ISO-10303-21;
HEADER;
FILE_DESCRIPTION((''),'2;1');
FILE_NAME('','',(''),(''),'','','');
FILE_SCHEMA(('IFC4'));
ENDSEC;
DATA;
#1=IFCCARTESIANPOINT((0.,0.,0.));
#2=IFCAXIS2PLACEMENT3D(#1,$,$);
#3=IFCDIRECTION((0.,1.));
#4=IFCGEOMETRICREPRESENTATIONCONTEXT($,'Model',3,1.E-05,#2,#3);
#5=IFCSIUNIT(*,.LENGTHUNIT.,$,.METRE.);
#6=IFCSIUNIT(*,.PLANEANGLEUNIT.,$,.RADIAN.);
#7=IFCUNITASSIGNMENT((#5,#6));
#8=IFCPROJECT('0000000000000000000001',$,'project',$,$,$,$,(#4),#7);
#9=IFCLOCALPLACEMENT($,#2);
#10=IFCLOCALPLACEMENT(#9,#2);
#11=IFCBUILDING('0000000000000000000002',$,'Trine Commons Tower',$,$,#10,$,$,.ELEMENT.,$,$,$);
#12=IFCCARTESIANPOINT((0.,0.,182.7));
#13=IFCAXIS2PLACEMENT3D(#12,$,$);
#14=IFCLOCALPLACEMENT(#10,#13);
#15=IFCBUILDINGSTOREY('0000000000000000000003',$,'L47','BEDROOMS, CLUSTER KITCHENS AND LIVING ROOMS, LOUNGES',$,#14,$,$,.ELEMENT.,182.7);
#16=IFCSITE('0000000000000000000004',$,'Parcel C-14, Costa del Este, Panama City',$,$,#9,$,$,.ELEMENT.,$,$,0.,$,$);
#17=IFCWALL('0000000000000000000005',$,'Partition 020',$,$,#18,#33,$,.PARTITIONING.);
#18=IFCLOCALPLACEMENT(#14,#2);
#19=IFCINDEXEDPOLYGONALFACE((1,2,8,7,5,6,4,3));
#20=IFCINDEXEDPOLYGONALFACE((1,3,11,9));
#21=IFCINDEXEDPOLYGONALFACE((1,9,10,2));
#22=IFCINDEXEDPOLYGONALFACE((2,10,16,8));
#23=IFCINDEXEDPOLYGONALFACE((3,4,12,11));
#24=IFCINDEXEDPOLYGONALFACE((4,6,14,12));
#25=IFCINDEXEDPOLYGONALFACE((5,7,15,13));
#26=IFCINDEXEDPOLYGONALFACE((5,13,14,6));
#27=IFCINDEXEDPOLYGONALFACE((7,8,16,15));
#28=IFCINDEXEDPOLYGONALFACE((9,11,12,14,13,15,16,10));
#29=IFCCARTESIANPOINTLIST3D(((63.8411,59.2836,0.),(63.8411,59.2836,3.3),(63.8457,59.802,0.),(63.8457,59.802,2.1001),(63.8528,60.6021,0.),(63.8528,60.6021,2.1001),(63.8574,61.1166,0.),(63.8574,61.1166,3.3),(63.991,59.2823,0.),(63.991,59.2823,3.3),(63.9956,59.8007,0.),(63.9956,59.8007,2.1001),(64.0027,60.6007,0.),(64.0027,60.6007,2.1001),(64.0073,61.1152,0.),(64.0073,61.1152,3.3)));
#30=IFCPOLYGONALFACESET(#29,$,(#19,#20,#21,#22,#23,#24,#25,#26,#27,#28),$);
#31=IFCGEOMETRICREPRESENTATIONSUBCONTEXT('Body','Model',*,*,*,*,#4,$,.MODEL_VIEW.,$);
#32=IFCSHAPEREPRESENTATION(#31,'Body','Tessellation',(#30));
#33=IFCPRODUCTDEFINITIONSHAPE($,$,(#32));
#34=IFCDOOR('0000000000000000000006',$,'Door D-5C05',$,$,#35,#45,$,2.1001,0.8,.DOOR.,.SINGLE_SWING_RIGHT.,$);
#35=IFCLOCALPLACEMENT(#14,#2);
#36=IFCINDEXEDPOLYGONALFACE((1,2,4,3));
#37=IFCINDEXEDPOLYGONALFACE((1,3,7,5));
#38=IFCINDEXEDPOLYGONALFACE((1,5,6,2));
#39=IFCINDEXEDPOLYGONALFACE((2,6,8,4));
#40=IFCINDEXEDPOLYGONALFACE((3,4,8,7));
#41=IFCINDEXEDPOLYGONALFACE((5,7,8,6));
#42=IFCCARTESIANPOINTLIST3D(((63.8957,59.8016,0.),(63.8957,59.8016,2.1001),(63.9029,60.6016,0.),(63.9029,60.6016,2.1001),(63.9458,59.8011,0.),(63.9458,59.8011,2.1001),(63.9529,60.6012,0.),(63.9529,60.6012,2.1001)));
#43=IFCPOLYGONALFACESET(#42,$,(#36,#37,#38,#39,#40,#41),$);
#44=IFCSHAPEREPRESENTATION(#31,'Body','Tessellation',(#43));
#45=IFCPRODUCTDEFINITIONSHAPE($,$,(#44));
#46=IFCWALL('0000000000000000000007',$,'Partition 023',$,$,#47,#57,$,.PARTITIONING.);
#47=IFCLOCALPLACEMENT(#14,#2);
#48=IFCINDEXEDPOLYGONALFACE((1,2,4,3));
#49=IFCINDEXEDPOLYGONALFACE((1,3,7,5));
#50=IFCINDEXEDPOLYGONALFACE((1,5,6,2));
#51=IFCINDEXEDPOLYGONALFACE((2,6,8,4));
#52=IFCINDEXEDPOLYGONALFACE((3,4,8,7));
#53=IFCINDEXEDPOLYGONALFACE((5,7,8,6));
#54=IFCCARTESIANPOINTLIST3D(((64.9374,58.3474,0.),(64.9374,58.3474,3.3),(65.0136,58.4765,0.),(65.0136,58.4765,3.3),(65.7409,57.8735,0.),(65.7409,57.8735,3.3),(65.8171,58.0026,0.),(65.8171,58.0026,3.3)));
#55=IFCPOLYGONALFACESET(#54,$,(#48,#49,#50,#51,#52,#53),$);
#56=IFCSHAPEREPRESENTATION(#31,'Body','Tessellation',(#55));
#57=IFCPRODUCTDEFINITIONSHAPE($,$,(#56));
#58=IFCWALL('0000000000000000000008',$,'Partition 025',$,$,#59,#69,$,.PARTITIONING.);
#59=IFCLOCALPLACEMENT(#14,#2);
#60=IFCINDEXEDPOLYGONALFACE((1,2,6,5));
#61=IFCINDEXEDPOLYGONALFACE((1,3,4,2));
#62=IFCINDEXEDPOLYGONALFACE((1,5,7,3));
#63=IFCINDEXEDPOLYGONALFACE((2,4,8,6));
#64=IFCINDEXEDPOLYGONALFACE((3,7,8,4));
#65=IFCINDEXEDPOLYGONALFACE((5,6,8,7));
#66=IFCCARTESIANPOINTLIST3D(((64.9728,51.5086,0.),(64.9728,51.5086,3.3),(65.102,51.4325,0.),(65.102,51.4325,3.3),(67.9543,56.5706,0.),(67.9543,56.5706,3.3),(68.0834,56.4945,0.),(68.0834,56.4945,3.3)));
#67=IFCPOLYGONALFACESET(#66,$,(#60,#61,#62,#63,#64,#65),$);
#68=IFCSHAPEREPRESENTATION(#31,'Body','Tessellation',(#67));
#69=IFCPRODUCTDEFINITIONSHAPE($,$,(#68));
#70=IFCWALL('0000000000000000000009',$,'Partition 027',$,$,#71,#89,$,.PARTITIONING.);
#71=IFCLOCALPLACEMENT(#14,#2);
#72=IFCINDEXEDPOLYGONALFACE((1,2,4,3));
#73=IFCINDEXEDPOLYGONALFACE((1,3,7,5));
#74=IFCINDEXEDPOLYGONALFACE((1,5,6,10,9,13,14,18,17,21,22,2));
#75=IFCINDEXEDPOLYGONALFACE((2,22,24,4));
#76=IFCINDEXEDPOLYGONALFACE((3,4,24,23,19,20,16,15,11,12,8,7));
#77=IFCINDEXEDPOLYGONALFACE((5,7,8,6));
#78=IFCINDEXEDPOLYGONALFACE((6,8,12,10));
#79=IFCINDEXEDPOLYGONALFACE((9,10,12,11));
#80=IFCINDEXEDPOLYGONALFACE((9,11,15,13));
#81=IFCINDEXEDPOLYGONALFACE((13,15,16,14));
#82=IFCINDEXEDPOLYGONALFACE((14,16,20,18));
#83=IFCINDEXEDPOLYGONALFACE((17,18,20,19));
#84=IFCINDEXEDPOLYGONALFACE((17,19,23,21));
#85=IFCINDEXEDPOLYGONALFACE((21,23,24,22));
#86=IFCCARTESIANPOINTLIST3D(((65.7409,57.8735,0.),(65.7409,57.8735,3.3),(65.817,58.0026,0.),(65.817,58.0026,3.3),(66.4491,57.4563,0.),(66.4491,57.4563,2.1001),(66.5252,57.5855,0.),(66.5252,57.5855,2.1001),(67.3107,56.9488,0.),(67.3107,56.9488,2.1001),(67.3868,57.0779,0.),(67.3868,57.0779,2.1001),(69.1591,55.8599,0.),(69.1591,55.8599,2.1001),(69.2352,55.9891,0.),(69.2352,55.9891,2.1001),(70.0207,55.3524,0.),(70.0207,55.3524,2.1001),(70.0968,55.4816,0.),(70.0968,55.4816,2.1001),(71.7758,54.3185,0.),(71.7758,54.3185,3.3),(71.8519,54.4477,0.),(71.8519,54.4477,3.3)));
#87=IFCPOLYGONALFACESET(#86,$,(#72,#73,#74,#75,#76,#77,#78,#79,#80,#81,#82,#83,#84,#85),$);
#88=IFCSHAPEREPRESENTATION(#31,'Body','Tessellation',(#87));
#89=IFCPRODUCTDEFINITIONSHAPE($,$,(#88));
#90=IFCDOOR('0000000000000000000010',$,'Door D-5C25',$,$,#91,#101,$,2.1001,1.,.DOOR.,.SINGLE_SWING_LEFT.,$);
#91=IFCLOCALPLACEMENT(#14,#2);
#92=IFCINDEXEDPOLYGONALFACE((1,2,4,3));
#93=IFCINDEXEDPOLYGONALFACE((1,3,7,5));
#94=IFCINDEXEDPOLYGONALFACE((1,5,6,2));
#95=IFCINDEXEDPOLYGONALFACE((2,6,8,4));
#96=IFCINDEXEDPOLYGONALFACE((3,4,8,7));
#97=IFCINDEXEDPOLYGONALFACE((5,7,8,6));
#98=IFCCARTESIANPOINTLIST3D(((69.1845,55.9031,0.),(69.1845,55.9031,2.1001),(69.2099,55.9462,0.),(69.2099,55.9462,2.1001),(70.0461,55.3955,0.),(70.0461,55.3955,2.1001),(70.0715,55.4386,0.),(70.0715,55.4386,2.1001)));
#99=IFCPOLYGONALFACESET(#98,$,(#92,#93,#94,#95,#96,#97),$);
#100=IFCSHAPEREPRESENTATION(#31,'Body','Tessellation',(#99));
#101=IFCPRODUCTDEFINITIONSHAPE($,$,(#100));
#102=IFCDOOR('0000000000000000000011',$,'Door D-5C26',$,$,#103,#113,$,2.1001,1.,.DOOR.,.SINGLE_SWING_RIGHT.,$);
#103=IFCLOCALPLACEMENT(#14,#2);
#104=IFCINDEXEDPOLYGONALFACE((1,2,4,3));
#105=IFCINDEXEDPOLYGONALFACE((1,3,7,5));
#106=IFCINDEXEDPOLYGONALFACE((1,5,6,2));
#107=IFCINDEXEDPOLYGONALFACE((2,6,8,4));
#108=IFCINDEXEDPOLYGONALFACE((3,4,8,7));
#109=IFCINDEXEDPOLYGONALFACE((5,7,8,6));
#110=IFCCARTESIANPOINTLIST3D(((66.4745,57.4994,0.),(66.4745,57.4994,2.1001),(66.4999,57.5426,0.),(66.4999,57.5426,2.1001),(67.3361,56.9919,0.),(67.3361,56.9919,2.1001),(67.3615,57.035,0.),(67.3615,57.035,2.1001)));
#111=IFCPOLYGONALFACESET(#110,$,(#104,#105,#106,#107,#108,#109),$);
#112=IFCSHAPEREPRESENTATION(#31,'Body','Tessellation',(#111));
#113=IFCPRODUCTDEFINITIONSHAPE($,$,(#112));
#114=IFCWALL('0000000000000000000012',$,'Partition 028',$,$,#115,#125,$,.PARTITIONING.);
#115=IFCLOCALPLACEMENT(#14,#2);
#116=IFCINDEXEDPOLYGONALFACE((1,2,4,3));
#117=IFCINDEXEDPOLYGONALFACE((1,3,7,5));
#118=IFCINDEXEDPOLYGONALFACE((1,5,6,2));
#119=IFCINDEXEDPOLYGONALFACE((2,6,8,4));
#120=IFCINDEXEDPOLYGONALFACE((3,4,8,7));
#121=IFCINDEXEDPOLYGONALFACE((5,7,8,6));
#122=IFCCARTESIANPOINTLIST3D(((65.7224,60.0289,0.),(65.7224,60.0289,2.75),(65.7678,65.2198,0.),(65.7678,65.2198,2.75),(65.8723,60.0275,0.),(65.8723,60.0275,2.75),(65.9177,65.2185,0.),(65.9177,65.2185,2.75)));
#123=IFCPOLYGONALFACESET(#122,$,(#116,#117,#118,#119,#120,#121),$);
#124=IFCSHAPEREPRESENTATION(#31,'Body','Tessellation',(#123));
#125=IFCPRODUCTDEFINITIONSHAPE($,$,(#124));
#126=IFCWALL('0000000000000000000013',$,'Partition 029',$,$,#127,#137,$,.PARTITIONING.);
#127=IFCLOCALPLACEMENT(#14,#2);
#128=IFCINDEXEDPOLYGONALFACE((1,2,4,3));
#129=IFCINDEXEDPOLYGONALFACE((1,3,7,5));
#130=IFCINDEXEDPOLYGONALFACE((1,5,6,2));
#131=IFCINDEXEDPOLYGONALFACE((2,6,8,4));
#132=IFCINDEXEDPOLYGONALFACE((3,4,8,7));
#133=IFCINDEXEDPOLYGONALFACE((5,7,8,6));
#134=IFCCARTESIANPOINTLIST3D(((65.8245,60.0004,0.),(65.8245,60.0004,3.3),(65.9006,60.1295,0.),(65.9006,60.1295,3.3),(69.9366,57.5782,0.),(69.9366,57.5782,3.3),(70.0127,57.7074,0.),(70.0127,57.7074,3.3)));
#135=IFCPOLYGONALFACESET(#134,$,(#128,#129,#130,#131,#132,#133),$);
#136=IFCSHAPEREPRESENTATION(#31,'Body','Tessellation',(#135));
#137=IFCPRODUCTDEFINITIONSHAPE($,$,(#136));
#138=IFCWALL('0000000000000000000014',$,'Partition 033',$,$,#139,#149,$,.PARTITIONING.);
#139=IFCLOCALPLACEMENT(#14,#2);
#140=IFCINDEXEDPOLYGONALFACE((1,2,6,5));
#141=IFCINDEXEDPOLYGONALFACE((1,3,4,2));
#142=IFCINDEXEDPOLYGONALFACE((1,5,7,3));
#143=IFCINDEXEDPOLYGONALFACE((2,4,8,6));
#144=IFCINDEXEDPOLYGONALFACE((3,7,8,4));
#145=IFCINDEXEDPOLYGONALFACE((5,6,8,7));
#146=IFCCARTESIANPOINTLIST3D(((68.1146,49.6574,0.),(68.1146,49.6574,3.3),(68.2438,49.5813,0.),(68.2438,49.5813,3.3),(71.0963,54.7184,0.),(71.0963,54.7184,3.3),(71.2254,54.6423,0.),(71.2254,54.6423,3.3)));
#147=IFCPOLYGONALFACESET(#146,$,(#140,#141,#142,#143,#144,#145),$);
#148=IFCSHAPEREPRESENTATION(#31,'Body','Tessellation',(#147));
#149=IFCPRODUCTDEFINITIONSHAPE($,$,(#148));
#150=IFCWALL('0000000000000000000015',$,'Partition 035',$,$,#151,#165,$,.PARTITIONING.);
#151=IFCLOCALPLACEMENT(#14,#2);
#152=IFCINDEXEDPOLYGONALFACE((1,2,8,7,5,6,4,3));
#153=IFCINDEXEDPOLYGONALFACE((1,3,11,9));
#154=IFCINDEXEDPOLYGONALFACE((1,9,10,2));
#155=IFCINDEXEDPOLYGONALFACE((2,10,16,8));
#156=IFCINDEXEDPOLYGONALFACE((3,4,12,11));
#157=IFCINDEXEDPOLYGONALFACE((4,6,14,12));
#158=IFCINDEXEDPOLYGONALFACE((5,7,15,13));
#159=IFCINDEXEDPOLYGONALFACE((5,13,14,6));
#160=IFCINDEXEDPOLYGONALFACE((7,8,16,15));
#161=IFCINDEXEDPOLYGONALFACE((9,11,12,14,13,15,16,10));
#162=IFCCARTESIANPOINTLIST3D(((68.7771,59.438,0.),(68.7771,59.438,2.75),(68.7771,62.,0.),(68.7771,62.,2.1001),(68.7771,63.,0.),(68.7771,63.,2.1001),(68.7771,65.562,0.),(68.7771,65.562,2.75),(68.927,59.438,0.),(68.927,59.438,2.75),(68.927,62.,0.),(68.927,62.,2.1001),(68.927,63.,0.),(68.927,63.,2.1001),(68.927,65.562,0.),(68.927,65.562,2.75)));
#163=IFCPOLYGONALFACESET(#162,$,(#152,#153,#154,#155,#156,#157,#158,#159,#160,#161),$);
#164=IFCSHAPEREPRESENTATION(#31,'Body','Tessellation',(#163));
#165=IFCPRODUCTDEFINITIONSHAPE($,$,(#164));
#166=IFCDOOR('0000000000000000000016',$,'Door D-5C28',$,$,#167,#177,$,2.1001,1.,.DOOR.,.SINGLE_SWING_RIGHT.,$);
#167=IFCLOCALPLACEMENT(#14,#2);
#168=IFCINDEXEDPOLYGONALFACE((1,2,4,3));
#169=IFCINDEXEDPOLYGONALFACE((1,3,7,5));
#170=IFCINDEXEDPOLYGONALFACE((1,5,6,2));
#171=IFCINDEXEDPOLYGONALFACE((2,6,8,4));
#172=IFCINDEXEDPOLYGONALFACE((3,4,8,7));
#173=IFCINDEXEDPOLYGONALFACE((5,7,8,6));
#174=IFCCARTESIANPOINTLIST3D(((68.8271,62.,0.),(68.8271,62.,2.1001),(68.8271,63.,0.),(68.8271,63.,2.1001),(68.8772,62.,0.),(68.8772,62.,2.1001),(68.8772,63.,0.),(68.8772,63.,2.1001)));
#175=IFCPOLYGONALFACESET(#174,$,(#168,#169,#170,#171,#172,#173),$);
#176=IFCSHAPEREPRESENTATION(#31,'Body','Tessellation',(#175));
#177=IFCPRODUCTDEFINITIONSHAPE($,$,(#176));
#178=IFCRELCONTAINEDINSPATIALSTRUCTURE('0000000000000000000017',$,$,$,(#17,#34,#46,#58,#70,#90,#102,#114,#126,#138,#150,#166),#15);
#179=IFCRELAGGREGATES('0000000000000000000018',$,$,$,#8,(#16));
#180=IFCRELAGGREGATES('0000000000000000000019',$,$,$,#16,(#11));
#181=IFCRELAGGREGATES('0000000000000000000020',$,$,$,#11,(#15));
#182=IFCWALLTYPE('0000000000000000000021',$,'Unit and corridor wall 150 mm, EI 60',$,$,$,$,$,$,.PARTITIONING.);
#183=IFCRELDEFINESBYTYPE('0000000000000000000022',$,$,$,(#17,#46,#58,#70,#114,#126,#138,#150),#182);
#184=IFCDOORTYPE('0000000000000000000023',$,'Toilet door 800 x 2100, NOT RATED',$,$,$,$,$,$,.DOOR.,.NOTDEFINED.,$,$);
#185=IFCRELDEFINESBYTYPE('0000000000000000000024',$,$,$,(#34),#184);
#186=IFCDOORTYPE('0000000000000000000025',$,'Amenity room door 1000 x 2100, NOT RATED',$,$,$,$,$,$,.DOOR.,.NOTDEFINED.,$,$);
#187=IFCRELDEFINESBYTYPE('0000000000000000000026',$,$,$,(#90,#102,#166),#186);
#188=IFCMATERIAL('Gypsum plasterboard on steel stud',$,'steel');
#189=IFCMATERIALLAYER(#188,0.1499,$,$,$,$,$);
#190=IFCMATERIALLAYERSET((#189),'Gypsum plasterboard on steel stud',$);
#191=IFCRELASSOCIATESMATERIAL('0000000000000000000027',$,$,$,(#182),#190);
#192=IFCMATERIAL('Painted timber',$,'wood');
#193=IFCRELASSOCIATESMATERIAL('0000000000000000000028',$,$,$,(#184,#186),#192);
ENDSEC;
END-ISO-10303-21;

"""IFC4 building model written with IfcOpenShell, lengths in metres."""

from ifc_helpers import new_model, si_unit, direction, frame, frame_2d, origin, place, context, subcontext, project, spatial, rectangle, extrude, material, layer, layer_set, type_object, element, fill, save


model = new_model("IFC4")

# Units and contexts
model_context = context("Model", 3, precision=1e-05, world=origin(), true_north=direction((0.0, 1.0)))
body_context = subcontext(model_context, "Body", "Model", "MODEL_VIEW")
ifc_project = project(units=[si_unit("LENGTHUNIT", "METRE"), si_unit("PLANEANGLEUNIT", "RADIAN")], contexts=[model_context])

# Site, building, storey
site_placement = place(None, origin())
site = spatial("IfcSite", under=ifc_project, at=site_placement, Name="Parcel C-14, Costa del Este, Panama City", CompositionType="ELEMENT", RefElevation=0.0)
building_placement = place(site_placement, origin())
building = spatial("IfcBuilding", under=site, at=building_placement, Name="Trine Commons Tower", CompositionType="ELEMENT")
storey_placement = place(building_placement, frame((0.0, 0.0, 182.7)))
storey = spatial("IfcBuildingStorey", under=building, at=storey_placement, Name="L47", Description="BEDROOMS, CLUSTER KITCHENS AND LIVING ROOMS, LOUNGES", CompositionType="ELEMENT", Elevation=182.7)

# Shared definitions
ifc_material_1 = material(Name="Gypsum plasterboard on steel stud", Category="steel")
ifc_layer_1 = layer(ifc_material_1, 0.1499)
ifc_layer_set_1 = layer_set([ifc_layer_1], Name="Gypsum plasterboard on steel stud")
wall_type_1 = type_object("IfcWallType", Name="Unit and corridor wall 150 mm, EI 60", PredefinedType="PARTITIONING", material=ifc_layer_set_1)

# Wall, opening, door
wall_1_placement = place(storey_placement, frame((63.916, 59.283, 0.0), z_axis=(0.0, 0.0, 1.0), x_axis=(0.008923, 0.99996, 0.0)))
wall_1 = element("IfcWall", 1, at=wall_1_placement, inside=storey, type_object=wall_type_1, Name="Partition 020", PredefinedType="PARTITIONING", context=body_context, shape_type="SweptSolid", body=[
    extrude(rectangle(XDim=1.833, YDim=0.1499, at=frame_2d((0.9165, 0.0))), origin(), (0.0, 0.0, 1.0), 3.3),
])
opening_1_placement = place(wall_1_placement, frame((0.5186, 0.0, 0.0)))
opening_1 = element("IfcOpeningElement", 2, at=opening_1_placement, cuts=wall_1, PredefinedType="OPENING", context=body_context, shape_type="SweptSolid", body=[
    extrude(rectangle(XDim=0.8, YDim=2.1001, at=frame_2d((0.3999, 1.05))), frame((0.0, 0.085, 0.0), z_axis=(0.0, -1.0, 0.0), x_axis=(1.0, 0.0, 0.0)), (0.0, 0.0, 1.0), 0.1699),
])
ifc_material_2 = material(Name="Painted timber", Category="wood")
door_type_1 = type_object("IfcDoorType", Name="Toilet door 800 x 2100, NOT RATED", OperationType="NOTDEFINED", PredefinedType="DOOR", material=ifc_material_2)
door_1_placement = place(opening_1_placement, origin())
door_1 = element("IfcDoor", 3, at=door_1_placement, inside=storey, type_object=door_type_1, Name="Door D-5C05", OperationType="SINGLE_SWING_RIGHT", OverallHeight=2.1001, OverallWidth=0.8, PredefinedType="DOOR", context=body_context, shape_type="SweptSolid", body=[
    extrude(rectangle(XDim=0.8, YDim=2.1001, at=frame_2d((0.3999, 1.05))), frame((0.0, 0.0249, 0.0), z_axis=(0.0, -1.0, 0.0), x_axis=(1.0, 0.0, 0.0)), (0.0, 0.0, 1.0), 0.05),
])
fill(opening_1, door_1)

# Walls
wall_2_placement = place(storey_placement, frame((64.9756, 58.4119, 0.0), z_axis=(0.0, 0.0, 1.0), x_axis=(0.861348, -0.508015, 0.0)))
element("IfcWall", 4, at=wall_2_placement, inside=storey, type_object=wall_type_1, Name="Partition 023", PredefinedType="PARTITIONING", context=body_context, shape_type="SweptSolid", body=[
    extrude(rectangle(XDim=0.9329, YDim=0.1499, at=frame_2d((0.4663, 0.0))), origin(), (0.0, 0.0, 1.0), 3.3),
])
wall_3_placement = place(storey_placement, frame((65.0374, 51.4705, 0.0), z_axis=(0.0, 0.0, 1.0), x_axis=(0.5075, 0.861652, 0.0)))
element("IfcWall", 5, at=wall_3_placement, inside=storey, type_object=wall_type_1, Name="Partition 025", PredefinedType="PARTITIONING", context=body_context, shape_type="SweptSolid", body=[
    extrude(rectangle(XDim=5.8748, YDim=0.1499, at=frame_2d((2.9375, 0.0))), origin(), (0.0, 0.0, 1.0), 3.3),
])

# Wall, openings, doors
wall_4_placement = place(storey_placement, frame((65.7791, 57.938, 0.0), z_axis=(0.0, 0.0, 1.0), x_axis=(0.861623, -0.507549, 0.0)))
wall_4 = element("IfcWall", 6, at=wall_4_placement, inside=storey, type_object=wall_type_1, Name="Partition 027", PredefinedType="PARTITIONING", context=body_context, shape_type="SweptSolid", body=[
    extrude(rectangle(XDim=7.0042, YDim=0.1499, at=frame_2d((3.502, 0.0))), origin(), (0.0, 0.0, 1.0), 3.3),
])
opening_2_placement = place(wall_4_placement, frame((3.967, 0.0, 0.0)))
opening_2 = element("IfcOpeningElement", 7, at=opening_2_placement, cuts=wall_4, PredefinedType="OPENING", context=body_context, shape_type="SweptSolid", body=[
    extrude(rectangle(XDim=1.0, YDim=2.1001, at=frame_2d((0.5, 1.05))), frame((0.0, 0.085, 0.0), z_axis=(0.0, -1.0, 0.0), x_axis=(1.0, 0.0, 0.0)), (0.0, 0.0, 1.0), 0.1699),
])
opening_3_placement = place(wall_4_placement, frame((0.8218, 0.0, 0.0)))
opening_3 = element("IfcOpeningElement", 8, at=opening_3_placement, cuts=wall_4, PredefinedType="OPENING", context=body_context, shape_type="SweptSolid", body=[
    extrude(rectangle(XDim=1.0, YDim=2.1001, at=frame_2d((0.5, 1.05))), frame((0.0, 0.085, 0.0), z_axis=(0.0, -1.0, 0.0), x_axis=(1.0, 0.0, 0.0)), (0.0, 0.0, 1.0), 0.1699),
])
door_type_2 = type_object("IfcDoorType", Name="Amenity room door 1000 x 2100, NOT RATED", OperationType="NOTDEFINED", PredefinedType="DOOR", material=ifc_material_2)
door_2_placement = place(opening_2_placement, frame((1.0, 0.0, 0.0), z_axis=(0.0, 0.0, 1.0), x_axis=(-1.0, 0.0, 0.0)))
door_2 = element("IfcDoor", 9, at=door_2_placement, inside=storey, type_object=door_type_2, Name="Door D-5C25", OperationType="SINGLE_SWING_LEFT", OverallHeight=2.1001, OverallWidth=1.0, PredefinedType="DOOR", context=body_context, shape_type="SweptSolid", body=[
    extrude(rectangle(XDim=1.0, YDim=2.1001, at=frame_2d((0.5, 1.05))), frame((0.0, 0.0249, 0.0), z_axis=(0.0, -1.0, 0.0), x_axis=(1.0, 0.0, 0.0)), (0.0, 0.0, 1.0), 0.05),
])
fill(opening_2, door_2)
door_3_placement = place(opening_3_placement, frame((1.0, 0.0, 0.0), z_axis=(0.0, 0.0, 1.0), x_axis=(-1.0, 0.0, 0.0)))
door_3 = element("IfcDoor", 10, at=door_3_placement, inside=storey, type_object=door_type_2, Name="Door D-5C26", OperationType="SINGLE_SWING_RIGHT", OverallHeight=2.1001, OverallWidth=1.0, PredefinedType="DOOR", context=body_context, shape_type="SweptSolid", body=[
    extrude(rectangle(XDim=1.0, YDim=2.1001, at=frame_2d((0.5, 1.05))), frame((0.0, 0.0249, 0.0), z_axis=(0.0, -1.0, 0.0), x_axis=(1.0, 0.0, 0.0)), (0.0, 0.0, 1.0), 0.05),
])
fill(opening_3, door_3)

# Walls
wall_5_placement = place(storey_placement, frame((65.7974, 60.0281, 0.0), z_axis=(0.0, 0.0, 1.0), x_axis=(0.008748, 0.999962, 0.0)))
element("IfcWall", 11, at=wall_5_placement, inside=storey, type_object=wall_type_1, Name="Partition 028", PredefinedType="PARTITIONING", context=body_context, shape_type="SweptSolid", body=[
    extrude(rectangle(XDim=5.1912, YDim=0.1499, at=frame_2d((2.5957, 0.0))), origin(), (0.0, 0.0, 1.0), 2.75),
])
wall_6_placement = place(storey_placement, frame((65.8625, 60.0649, 0.0), z_axis=(0.0, 0.0, 1.0), x_axis=(0.861636, -0.507528, 0.0)))
element("IfcWall", 12, at=wall_6_placement, inside=storey, type_object=wall_type_1, Name="Partition 029", PredefinedType="PARTITIONING", context=body_context, shape_type="SweptSolid", body=[
    extrude(rectangle(XDim=4.7725, YDim=0.1499, at=frame_2d((2.3862, 0.0))), origin(), (0.0, 0.0, 1.0), 3.3),
])
wall_7_placement = place(storey_placement, frame((68.1792, 49.6194, 0.0), z_axis=(0.0, 0.0, 1.0), x_axis=(0.507603, 0.861591, 0.0)))
element("IfcWall", 13, at=wall_7_placement, inside=storey, type_object=wall_type_1, Name="Partition 033", PredefinedType="PARTITIONING", context=body_context, shape_type="SweptSolid", body=[
    extrude(rectangle(XDim=5.874, YDim=0.1499, at=frame_2d((2.937, 0.0))), origin(), (0.0, 0.0, 1.0), 3.3),
])

# Wall, opening, door
wall_8_placement = place(storey_placement, frame((68.8521, 59.438, 0.0), z_axis=(0.0, 0.0, 1.0), x_axis=(0.0, 1.0, 0.0)))
wall_8 = element("IfcWall", 14, at=wall_8_placement, inside=storey, type_object=wall_type_1, Name="Partition 035", PredefinedType="PARTITIONING", context=body_context, shape_type="SweptSolid", body=[
    extrude(rectangle(XDim=6.124, YDim=0.1499, at=frame_2d((3.062, 0.0))), origin(), (0.0, 0.0, 1.0), 2.75),
])
opening_4_placement = place(wall_8_placement, frame((2.562, 0.0, 0.0)))
opening_4 = element("IfcOpeningElement", 15, at=opening_4_placement, cuts=wall_8, PredefinedType="OPENING", context=body_context, shape_type="SweptSolid", body=[
    extrude(rectangle(XDim=1.0, YDim=2.1001, at=frame_2d((0.5, 1.05))), frame((0.0, 0.085, 0.0), z_axis=(0.0, -1.0, 0.0), x_axis=(1.0, 0.0, 0.0)), (0.0, 0.0, 1.0), 0.1699),
])
door_4_placement = place(opening_4_placement, origin())
door_4 = element("IfcDoor", 16, at=door_4_placement, inside=storey, type_object=door_type_2, Name="Door D-5C28", OperationType="SINGLE_SWING_RIGHT", OverallHeight=2.1001, OverallWidth=1.0, PredefinedType="DOOR", context=body_context, shape_type="SweptSolid", body=[
    extrude(rectangle(XDim=1.0, YDim=2.1001, at=frame_2d((0.5, 1.05))), frame((0.0, 0.0249, 0.0), z_axis=(0.0, -1.0, 0.0), x_axis=(1.0, 0.0, 0.0)), (0.0, 0.0, 1.0), 0.05),
])
fill(opening_4, door_4)

save(model, "model.ifc")
